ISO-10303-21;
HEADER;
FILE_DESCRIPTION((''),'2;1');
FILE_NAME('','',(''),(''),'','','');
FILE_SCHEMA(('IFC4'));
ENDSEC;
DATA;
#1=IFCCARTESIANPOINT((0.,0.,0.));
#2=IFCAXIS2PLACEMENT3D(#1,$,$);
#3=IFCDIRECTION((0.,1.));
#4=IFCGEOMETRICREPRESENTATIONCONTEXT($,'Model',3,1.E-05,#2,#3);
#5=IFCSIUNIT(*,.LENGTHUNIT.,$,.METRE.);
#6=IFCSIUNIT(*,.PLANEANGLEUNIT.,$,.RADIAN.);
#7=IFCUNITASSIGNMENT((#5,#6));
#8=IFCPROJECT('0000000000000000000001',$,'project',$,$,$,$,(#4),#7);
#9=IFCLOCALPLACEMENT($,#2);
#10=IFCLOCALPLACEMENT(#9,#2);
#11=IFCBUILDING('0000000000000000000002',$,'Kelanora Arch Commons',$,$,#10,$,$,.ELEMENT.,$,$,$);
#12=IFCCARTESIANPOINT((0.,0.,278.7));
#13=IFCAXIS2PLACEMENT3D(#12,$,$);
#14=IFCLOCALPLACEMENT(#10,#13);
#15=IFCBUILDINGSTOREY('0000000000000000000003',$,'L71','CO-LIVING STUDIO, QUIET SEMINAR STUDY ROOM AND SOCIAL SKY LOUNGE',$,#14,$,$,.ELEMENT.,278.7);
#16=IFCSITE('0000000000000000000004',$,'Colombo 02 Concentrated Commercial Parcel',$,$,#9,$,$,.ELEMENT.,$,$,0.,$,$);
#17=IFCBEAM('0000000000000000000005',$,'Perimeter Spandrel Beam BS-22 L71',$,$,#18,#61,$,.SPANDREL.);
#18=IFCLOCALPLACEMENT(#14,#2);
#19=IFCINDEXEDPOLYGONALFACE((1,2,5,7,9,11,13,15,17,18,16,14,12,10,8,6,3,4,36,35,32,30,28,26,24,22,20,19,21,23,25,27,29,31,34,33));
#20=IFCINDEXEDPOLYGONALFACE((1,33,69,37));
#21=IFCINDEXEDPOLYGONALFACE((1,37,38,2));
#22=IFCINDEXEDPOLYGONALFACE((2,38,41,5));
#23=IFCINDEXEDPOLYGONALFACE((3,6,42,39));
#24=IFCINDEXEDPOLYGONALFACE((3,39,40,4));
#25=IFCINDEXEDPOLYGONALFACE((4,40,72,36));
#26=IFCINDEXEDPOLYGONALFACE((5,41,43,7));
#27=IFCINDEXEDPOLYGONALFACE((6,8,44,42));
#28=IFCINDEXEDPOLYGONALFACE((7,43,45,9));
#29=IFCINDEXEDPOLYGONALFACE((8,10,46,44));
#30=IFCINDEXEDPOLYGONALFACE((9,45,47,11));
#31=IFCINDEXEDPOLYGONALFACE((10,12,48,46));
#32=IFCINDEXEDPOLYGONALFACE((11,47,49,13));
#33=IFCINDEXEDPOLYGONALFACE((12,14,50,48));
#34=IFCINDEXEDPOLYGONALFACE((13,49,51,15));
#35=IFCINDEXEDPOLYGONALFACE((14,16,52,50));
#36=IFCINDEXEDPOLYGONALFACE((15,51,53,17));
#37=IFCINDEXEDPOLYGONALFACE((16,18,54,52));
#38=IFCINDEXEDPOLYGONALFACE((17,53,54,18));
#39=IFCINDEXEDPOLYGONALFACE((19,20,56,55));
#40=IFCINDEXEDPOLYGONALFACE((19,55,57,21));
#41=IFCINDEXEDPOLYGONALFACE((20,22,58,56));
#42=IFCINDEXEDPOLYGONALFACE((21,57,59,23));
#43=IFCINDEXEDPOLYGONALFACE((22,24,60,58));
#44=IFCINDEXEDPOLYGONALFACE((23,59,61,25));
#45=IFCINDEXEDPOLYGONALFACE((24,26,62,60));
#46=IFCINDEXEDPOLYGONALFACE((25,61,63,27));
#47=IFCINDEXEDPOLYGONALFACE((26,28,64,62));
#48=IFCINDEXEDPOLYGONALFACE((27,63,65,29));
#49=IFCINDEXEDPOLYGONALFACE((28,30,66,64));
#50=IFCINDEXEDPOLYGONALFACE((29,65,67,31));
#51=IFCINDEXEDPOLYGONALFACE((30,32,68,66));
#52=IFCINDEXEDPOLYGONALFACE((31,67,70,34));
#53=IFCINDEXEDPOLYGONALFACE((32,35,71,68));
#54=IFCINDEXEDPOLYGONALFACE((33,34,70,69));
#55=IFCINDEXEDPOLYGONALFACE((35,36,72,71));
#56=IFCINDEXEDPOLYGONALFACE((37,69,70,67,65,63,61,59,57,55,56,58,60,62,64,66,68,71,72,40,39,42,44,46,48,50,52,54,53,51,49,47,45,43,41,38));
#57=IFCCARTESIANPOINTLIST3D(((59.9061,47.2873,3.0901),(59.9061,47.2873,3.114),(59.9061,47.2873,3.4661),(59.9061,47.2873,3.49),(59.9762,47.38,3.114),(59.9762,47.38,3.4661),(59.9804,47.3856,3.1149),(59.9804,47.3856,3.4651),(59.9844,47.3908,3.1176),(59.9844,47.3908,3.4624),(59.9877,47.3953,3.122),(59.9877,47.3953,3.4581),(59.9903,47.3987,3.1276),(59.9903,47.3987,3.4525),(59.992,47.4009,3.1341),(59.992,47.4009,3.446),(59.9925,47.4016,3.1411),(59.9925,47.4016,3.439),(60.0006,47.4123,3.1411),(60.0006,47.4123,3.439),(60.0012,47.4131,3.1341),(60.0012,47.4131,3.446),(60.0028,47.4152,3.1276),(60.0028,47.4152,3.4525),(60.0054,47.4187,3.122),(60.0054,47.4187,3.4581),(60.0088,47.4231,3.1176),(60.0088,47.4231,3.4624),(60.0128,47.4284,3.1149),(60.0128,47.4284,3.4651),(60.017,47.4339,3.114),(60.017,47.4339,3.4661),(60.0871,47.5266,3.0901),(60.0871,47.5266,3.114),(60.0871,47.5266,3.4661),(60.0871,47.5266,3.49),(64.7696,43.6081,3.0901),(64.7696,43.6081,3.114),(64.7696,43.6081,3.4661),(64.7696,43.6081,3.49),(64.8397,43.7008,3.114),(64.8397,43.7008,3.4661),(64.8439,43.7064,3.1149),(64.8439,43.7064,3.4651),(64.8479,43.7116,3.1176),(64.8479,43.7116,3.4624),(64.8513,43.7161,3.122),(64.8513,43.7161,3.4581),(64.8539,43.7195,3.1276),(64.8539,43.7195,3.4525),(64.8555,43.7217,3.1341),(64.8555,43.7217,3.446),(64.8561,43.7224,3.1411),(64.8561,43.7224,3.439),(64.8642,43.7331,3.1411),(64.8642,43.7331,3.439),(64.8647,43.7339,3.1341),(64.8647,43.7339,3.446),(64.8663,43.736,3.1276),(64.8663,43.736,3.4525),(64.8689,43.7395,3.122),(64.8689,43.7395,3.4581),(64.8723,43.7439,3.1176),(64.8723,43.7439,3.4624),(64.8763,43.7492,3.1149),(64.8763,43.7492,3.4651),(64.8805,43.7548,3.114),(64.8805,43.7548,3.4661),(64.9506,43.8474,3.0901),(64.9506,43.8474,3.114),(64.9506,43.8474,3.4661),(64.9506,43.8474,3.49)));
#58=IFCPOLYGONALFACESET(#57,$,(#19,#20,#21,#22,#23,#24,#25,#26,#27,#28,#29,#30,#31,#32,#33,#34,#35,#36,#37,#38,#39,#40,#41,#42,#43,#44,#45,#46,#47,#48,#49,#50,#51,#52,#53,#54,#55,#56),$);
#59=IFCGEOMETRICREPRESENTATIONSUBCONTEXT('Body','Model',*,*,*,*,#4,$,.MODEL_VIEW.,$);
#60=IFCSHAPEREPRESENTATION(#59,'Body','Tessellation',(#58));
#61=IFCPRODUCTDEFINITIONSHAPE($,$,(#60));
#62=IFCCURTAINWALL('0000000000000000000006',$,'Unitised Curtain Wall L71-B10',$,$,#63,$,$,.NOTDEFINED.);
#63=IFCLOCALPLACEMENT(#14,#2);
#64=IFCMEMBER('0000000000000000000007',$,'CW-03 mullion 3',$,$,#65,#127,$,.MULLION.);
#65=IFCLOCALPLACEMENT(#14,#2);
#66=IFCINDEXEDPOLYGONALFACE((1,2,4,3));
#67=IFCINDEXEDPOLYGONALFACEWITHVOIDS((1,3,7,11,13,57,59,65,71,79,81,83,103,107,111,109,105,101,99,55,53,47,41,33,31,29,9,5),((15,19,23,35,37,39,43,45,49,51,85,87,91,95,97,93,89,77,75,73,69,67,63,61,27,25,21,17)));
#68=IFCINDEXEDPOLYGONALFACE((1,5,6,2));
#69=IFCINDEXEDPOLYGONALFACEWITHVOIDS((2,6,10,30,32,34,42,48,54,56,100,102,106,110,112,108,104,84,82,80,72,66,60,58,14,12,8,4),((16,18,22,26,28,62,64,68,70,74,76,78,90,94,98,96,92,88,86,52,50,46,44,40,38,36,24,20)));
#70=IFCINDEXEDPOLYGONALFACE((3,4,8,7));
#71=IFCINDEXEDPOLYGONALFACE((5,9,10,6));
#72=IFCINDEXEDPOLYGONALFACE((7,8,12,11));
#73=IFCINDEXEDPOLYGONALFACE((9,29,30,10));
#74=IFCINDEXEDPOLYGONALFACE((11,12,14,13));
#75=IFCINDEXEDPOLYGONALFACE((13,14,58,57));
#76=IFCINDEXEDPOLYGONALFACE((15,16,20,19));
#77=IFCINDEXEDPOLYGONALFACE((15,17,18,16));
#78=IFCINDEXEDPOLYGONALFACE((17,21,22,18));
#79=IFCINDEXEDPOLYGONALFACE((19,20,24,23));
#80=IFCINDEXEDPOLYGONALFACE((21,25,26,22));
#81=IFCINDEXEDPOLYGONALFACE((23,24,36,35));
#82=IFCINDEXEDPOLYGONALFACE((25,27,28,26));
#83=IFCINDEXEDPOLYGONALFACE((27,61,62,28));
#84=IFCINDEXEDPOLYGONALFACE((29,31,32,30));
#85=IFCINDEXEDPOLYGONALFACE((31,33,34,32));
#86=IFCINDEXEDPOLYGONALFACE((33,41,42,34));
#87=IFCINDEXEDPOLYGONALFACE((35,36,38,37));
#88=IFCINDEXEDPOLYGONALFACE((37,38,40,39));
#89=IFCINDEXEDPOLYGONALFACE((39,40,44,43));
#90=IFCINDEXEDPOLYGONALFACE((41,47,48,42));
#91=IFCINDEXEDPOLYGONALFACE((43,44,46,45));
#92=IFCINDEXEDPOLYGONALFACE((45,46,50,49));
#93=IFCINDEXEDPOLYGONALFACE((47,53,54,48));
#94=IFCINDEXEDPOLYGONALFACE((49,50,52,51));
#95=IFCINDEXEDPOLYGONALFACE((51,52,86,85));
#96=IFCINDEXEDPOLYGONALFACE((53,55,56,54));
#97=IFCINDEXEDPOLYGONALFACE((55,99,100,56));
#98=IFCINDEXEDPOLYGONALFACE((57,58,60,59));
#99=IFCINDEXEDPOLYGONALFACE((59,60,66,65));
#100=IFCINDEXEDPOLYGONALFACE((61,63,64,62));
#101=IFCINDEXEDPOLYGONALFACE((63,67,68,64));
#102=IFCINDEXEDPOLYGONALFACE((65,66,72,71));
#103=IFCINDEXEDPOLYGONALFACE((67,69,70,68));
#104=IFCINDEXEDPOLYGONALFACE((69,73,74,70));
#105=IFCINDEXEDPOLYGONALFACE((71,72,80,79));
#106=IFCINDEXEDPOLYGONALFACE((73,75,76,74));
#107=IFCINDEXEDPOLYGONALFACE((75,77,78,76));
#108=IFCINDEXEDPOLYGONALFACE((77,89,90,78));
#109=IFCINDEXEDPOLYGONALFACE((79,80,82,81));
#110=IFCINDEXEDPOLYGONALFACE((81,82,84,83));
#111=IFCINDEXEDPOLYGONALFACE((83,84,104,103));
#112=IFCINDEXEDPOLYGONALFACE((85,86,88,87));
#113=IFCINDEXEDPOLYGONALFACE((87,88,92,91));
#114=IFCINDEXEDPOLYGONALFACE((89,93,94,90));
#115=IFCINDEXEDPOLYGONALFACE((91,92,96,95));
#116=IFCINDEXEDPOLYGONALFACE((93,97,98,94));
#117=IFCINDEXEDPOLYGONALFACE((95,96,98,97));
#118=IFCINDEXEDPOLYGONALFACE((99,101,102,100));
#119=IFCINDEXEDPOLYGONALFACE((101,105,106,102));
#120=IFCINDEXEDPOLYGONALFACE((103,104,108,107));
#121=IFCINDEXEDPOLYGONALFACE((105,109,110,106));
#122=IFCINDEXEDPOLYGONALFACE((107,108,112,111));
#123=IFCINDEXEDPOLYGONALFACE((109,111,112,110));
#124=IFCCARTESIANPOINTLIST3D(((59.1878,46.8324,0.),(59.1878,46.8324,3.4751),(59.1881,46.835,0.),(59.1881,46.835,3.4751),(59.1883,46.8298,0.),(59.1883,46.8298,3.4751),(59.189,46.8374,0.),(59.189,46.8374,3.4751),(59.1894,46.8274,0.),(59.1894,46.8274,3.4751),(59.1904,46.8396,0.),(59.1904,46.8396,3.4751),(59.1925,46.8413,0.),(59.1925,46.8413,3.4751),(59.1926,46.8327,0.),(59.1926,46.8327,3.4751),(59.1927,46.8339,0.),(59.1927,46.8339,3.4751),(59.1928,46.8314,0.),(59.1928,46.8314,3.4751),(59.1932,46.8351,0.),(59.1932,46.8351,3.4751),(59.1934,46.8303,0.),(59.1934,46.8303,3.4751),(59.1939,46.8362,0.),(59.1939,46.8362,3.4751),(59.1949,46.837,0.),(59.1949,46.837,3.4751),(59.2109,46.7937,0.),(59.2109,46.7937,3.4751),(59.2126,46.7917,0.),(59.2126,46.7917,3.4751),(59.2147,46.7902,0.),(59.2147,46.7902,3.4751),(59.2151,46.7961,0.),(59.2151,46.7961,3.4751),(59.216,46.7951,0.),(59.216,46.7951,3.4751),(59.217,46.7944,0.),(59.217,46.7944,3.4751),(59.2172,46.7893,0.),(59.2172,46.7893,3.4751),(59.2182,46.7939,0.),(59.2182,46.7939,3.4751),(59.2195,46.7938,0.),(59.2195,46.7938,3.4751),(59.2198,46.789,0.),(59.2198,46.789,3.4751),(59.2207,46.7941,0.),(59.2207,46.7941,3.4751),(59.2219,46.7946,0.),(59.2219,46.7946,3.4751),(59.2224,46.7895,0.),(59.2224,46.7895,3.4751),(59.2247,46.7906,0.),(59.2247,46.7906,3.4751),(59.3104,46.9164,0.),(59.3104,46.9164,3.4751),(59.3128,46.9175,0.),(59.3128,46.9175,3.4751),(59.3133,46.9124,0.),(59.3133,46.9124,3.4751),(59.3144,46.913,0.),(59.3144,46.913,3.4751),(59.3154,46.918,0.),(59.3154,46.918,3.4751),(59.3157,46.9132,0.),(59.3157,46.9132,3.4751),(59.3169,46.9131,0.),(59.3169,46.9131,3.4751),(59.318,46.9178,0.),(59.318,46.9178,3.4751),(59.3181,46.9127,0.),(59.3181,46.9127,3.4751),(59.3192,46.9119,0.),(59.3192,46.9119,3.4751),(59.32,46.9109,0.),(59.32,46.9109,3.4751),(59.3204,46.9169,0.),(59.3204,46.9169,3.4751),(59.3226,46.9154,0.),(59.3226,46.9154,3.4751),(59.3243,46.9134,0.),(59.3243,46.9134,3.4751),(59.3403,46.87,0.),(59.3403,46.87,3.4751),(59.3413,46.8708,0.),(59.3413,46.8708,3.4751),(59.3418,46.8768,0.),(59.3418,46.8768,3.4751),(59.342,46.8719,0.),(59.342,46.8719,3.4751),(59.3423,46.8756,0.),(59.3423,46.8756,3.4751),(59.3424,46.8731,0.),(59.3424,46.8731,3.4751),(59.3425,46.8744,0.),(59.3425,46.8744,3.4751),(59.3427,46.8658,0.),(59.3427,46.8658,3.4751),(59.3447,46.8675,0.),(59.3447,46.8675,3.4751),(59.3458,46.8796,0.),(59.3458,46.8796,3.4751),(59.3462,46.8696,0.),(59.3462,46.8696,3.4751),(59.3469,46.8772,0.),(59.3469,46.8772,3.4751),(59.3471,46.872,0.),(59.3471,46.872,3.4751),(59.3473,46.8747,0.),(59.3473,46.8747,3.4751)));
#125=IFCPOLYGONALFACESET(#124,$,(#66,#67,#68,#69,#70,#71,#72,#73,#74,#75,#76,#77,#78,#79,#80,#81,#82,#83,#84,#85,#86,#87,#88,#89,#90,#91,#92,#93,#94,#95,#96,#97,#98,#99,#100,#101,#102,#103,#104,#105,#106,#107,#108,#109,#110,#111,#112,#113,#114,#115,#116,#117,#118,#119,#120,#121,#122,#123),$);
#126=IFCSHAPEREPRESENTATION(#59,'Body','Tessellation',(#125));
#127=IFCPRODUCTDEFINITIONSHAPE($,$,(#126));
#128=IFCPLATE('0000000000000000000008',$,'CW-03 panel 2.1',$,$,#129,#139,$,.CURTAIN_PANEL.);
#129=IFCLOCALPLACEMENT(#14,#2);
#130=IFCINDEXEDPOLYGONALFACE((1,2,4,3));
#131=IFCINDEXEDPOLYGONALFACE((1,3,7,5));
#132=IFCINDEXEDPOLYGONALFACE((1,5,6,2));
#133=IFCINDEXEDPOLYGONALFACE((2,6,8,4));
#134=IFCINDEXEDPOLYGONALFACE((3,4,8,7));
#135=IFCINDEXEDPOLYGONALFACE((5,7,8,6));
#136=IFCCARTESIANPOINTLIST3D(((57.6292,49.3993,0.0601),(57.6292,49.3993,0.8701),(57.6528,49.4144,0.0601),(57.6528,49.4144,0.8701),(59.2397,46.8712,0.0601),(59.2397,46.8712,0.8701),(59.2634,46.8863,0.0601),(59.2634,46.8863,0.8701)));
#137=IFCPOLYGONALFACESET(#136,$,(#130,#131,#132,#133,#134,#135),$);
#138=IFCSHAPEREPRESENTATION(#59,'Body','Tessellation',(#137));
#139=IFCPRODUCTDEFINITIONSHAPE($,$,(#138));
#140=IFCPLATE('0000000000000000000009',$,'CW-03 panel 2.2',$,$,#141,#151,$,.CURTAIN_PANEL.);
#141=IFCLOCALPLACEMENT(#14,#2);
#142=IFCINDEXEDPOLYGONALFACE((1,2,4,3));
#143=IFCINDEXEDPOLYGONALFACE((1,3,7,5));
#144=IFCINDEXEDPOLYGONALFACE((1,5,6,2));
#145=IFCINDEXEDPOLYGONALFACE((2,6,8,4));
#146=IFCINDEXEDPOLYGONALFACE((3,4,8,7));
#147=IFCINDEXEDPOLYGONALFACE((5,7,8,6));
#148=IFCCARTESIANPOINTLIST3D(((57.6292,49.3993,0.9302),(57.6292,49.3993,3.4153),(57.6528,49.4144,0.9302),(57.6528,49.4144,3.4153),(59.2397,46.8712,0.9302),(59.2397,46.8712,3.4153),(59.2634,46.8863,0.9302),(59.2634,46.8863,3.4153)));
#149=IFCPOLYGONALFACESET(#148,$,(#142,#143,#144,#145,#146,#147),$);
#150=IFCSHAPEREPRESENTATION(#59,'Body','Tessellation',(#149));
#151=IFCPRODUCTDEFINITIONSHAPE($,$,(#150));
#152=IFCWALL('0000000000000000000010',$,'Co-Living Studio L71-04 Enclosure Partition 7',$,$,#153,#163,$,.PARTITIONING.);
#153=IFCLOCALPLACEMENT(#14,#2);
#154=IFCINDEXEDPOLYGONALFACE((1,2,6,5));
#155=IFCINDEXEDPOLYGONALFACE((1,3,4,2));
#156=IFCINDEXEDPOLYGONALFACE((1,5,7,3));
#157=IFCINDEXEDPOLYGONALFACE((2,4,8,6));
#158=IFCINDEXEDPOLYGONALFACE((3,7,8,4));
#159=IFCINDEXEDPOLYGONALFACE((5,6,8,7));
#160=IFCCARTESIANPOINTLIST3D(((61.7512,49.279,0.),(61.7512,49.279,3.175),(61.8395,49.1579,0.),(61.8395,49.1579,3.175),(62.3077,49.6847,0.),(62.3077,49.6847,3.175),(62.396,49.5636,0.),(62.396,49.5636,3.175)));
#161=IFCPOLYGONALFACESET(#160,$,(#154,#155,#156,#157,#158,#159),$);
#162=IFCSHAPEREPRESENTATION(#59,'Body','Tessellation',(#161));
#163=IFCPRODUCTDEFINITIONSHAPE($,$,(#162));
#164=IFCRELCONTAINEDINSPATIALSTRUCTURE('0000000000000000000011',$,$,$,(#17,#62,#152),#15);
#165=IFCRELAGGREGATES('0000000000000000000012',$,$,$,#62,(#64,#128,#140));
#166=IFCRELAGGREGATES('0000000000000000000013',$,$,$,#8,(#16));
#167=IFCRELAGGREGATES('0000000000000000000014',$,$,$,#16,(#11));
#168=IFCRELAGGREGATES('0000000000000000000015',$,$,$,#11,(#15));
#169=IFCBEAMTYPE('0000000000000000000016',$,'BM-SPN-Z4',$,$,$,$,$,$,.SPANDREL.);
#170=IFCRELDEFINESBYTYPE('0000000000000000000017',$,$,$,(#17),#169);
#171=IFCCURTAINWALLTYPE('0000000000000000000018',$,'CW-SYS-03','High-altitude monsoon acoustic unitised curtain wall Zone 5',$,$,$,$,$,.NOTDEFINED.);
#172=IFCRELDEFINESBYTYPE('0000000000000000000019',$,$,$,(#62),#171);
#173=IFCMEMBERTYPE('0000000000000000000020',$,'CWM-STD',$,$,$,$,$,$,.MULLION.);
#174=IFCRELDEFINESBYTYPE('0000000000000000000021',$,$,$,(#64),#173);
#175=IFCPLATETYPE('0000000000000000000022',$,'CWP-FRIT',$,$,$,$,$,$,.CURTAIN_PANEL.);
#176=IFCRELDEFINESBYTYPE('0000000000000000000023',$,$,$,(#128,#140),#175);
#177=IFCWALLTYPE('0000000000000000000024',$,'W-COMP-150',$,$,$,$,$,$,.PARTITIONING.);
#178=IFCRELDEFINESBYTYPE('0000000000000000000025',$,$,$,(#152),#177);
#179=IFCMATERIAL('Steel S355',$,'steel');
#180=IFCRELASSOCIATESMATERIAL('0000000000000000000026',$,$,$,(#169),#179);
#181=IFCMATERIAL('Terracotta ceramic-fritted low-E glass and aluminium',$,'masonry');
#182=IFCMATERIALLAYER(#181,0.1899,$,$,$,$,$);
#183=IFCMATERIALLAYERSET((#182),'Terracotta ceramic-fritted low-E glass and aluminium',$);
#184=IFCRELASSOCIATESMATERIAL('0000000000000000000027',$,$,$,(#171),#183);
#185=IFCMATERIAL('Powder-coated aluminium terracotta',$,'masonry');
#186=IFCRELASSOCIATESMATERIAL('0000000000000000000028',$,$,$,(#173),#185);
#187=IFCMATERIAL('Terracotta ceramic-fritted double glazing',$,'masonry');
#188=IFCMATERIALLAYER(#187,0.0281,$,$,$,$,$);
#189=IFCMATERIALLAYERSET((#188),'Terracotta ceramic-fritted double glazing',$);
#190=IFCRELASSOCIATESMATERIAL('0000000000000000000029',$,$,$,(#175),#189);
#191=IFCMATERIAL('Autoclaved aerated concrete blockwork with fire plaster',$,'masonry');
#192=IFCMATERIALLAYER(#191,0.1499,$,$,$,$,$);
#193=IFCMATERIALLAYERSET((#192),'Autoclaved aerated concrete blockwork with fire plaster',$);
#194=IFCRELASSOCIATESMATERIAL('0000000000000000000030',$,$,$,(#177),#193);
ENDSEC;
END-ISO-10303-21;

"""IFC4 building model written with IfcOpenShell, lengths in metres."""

from ifc_helpers import new_model, si_unit, direction, frame, frame_2d, origin, origin_2d, place, context, subcontext, project, spatial, rectangle, hollow_rectangle, i_section, extrude, source, transform, mapped, material, layer, layer_set, material_profile, profile_set, type_object, element, aggregate, save


model = new_model("IFC4")

# Units and contexts
model_context = context("Model", 3, precision=1e-05, world=origin(), true_north=direction((0.0, 1.0)))
body_context = subcontext(model_context, "Body", "Model", "MODEL_VIEW")
ifc_project = project(units=[si_unit("LENGTHUNIT", "METRE"), si_unit("PLANEANGLEUNIT", "RADIAN")], contexts=[model_context])

# Site, building, storey
site_placement = place(None, origin())
site = spatial("IfcSite", under=ifc_project, at=site_placement, Name="Colombo 02 Concentrated Commercial Parcel", CompositionType="ELEMENT", RefElevation=0.0)
building_placement = place(site_placement, origin())
building = spatial("IfcBuilding", under=site, at=building_placement, Name="Kelanora Arch Commons", CompositionType="ELEMENT")
storey_placement = place(building_placement, frame((0.0, 0.0, 278.7)))
storey = spatial("IfcBuildingStorey", under=building, at=storey_placement, Name="L71", Description="CO-LIVING STUDIO, QUIET SEMINAR STUDY ROOM AND SOCIAL SKY LOUNGE", CompositionType="ELEMENT", Elevation=278.7)

# Beam
ifc_material_1 = material(Name="Steel S355", Category="steel")
ifc_material_profile_1 = material_profile(ifc_material_1, i_section(OverallWidth=0.3, OverallDepth=0.3999, WebThickness=0.0134, FlangeThickness=0.0239, FilletRadius=0.0271, at=origin_2d()), Name="HEB400")
ifc_profile_set_1 = profile_set([ifc_material_profile_1], Name="Steel S355")
beam_type_1 = type_object("IfcBeamType", Name="BM-SPN-Z4", PredefinedType="SPANDREL", material=ifc_profile_set_1)
beam_1_placement = place(storey_placement, frame((59.9966, 47.407, 3.29), z_axis=(0.797509, -0.603306, 0.0), x_axis=(0.603306, 0.797509, 0.0)))
element("IfcBeam", 1, at=beam_1_placement, inside=storey, type_object=beam_type_1, Name="Perimeter Spandrel Beam BS-22 L71", PredefinedType="SPANDREL", context=body_context, shape_type="SweptSolid", body=[
    extrude(i_section(OverallWidth=0.3, OverallDepth=0.3999, WebThickness=0.0134, FlangeThickness=0.0239, FilletRadius=0.0271, at=origin_2d()), origin(), (0.0, 0.0, 1.0), 6.0984),
])

# Curtain wall, member, plates
ifc_material_2 = material(Name="Terracotta ceramic-fritted low-E glass and aluminium", Category="masonry")
ifc_layer_1 = layer(ifc_material_2, 0.1899)
ifc_layer_set_1 = layer_set([ifc_layer_1], Name="Terracotta ceramic-fritted low-E glass and aluminium")
curtain_wall_type = type_object("IfcCurtainWallType", Name="CW-SYS-03", Description="High-altitude monsoon acoustic unitised curtain wall Zone 5", PredefinedType="NOTDEFINED", material=ifc_layer_set_1)
curtain_wall_placement = place(storey_placement, origin())
curtain_wall = element("IfcCurtainWall", 2, at=curtain_wall_placement, inside=storey, type_object=curtain_wall_type, Name="Unitised Curtain Wall L71-B10", PredefinedType="NOTDEFINED")
ifc_material_3 = material(Name="Powder-coated aluminium terracotta", Category="masonry")
ifc_material_profile_2 = material_profile(ifc_material_3, hollow_rectangle(XDim=0.1599, YDim=0.0601, WallThickness=0.0049, InnerFilletRadius=0.0049, OuterFilletRadius=0.01, at=origin_2d()), Name="CWM160x60")
ifc_profile_set_2 = profile_set([ifc_material_profile_2], Name="Powder-coated aluminium terracotta")
member_type = type_object("IfcMemberType", Name="CWM-STD", PredefinedType="MULLION", material=ifc_profile_set_2)
member_placement = place(storey_placement, frame((59.2676, 46.8535, 0.0), z_axis=(0.0, 0.0, 1.0), x_axis=(0.843391, 0.5373, 0.0)))
member = element("IfcMember", 3, at=member_placement, type_object=member_type, Name="CW-03 mullion 3", PredefinedType="MULLION", context=body_context, shape_type="SweptSolid", body=[
    extrude(hollow_rectangle(XDim=0.1599, YDim=0.0601, WallThickness=0.0049, InnerFilletRadius=0.0049, OuterFilletRadius=0.01, at=origin_2d()), origin(), (0.0, 0.0, 1.0), 3.4751),
])
ifc_material_4 = material(Name="Terracotta ceramic-fritted double glazing", Category="masonry")
ifc_layer_2 = layer(ifc_material_4, 0.0281)
ifc_layer_set_2 = layer_set([ifc_layer_2], Name="Terracotta ceramic-fritted double glazing")
plate_type = type_object("IfcPlateType", Name="CWP-FRIT", PredefinedType="CURTAIN_PANEL", material=ifc_layer_set_2)
shared_shape_1 = source(origin(), body_context, "Body", "SweptSolid", [
    extrude(rectangle(XDim=2.9976, YDim=0.0281, at=origin_2d()), origin(), (0.0, 0.0, 1.0), 0.8101),
])
plate_1_placement = place(storey_placement, frame((58.4463, 48.1428, 0.0601), z_axis=(0.0, 0.0, 1.0), x_axis=(0.5373, -0.843391, 0.0)))
plate_1 = element("IfcPlate", 4, at=plate_1_placement, type_object=plate_type, Name="CW-03 panel 2.1", PredefinedType="CURTAIN_PANEL", context=body_context, shape_type="MappedRepresentation", body=[
    mapped(shared_shape_1, transform((0.0, 0.0, 0.0), scale=1.0)),
])
shared_shape_2 = source(origin(), body_context, "Body", "SweptSolid", [
    extrude(rectangle(XDim=2.9976, YDim=0.0281, at=origin_2d()), origin(), (0.0, 0.0, 1.0), 2.4851),
])
plate_2_placement = place(storey_placement, frame((58.4463, 48.1428, 0.9302), z_axis=(0.0, 0.0, 1.0), x_axis=(0.5373, -0.843391, 0.0)))
plate_2 = element("IfcPlate", 5, at=plate_2_placement, type_object=plate_type, Name="CW-03 panel 2.2", PredefinedType="CURTAIN_PANEL", context=body_context, shape_type="MappedRepresentation", body=[
    mapped(shared_shape_2, transform((0.0, 0.0, 0.0), scale=1.0)),
])
aggregate(curtain_wall, [member, plate_1, plate_2])

# Wall
ifc_material_5 = material(Name="Autoclaved aerated concrete blockwork with fire plaster", Category="masonry")
ifc_layer_3 = layer(ifc_material_5, 0.1499)
ifc_layer_set_3 = layer_set([ifc_layer_3], Name="Autoclaved aerated concrete blockwork with fire plaster")
wall_type_1 = type_object("IfcWallType", Name="W-COMP-150", PredefinedType="PARTITIONING", material=ifc_layer_set_3)
wall_1_placement = place(storey_placement, frame((61.7954, 49.2185, 0.0), z_axis=(0.0, 0.0, 1.0), x_axis=(0.808092, 0.589056, 0.0)))
element("IfcWall", 6, at=wall_1_placement, inside=storey, type_object=wall_type_1, Name="Co-Living Studio L71-04 Enclosure Partition 7", PredefinedType="PARTITIONING", context=body_context, shape_type="SweptSolid", body=[
    extrude(rectangle(XDim=0.6887, YDim=0.1499, at=frame_2d((0.3442, 0.0))), origin(), (0.0, 0.0, 1.0), 3.175),
])

save(model, "model.ifc")
